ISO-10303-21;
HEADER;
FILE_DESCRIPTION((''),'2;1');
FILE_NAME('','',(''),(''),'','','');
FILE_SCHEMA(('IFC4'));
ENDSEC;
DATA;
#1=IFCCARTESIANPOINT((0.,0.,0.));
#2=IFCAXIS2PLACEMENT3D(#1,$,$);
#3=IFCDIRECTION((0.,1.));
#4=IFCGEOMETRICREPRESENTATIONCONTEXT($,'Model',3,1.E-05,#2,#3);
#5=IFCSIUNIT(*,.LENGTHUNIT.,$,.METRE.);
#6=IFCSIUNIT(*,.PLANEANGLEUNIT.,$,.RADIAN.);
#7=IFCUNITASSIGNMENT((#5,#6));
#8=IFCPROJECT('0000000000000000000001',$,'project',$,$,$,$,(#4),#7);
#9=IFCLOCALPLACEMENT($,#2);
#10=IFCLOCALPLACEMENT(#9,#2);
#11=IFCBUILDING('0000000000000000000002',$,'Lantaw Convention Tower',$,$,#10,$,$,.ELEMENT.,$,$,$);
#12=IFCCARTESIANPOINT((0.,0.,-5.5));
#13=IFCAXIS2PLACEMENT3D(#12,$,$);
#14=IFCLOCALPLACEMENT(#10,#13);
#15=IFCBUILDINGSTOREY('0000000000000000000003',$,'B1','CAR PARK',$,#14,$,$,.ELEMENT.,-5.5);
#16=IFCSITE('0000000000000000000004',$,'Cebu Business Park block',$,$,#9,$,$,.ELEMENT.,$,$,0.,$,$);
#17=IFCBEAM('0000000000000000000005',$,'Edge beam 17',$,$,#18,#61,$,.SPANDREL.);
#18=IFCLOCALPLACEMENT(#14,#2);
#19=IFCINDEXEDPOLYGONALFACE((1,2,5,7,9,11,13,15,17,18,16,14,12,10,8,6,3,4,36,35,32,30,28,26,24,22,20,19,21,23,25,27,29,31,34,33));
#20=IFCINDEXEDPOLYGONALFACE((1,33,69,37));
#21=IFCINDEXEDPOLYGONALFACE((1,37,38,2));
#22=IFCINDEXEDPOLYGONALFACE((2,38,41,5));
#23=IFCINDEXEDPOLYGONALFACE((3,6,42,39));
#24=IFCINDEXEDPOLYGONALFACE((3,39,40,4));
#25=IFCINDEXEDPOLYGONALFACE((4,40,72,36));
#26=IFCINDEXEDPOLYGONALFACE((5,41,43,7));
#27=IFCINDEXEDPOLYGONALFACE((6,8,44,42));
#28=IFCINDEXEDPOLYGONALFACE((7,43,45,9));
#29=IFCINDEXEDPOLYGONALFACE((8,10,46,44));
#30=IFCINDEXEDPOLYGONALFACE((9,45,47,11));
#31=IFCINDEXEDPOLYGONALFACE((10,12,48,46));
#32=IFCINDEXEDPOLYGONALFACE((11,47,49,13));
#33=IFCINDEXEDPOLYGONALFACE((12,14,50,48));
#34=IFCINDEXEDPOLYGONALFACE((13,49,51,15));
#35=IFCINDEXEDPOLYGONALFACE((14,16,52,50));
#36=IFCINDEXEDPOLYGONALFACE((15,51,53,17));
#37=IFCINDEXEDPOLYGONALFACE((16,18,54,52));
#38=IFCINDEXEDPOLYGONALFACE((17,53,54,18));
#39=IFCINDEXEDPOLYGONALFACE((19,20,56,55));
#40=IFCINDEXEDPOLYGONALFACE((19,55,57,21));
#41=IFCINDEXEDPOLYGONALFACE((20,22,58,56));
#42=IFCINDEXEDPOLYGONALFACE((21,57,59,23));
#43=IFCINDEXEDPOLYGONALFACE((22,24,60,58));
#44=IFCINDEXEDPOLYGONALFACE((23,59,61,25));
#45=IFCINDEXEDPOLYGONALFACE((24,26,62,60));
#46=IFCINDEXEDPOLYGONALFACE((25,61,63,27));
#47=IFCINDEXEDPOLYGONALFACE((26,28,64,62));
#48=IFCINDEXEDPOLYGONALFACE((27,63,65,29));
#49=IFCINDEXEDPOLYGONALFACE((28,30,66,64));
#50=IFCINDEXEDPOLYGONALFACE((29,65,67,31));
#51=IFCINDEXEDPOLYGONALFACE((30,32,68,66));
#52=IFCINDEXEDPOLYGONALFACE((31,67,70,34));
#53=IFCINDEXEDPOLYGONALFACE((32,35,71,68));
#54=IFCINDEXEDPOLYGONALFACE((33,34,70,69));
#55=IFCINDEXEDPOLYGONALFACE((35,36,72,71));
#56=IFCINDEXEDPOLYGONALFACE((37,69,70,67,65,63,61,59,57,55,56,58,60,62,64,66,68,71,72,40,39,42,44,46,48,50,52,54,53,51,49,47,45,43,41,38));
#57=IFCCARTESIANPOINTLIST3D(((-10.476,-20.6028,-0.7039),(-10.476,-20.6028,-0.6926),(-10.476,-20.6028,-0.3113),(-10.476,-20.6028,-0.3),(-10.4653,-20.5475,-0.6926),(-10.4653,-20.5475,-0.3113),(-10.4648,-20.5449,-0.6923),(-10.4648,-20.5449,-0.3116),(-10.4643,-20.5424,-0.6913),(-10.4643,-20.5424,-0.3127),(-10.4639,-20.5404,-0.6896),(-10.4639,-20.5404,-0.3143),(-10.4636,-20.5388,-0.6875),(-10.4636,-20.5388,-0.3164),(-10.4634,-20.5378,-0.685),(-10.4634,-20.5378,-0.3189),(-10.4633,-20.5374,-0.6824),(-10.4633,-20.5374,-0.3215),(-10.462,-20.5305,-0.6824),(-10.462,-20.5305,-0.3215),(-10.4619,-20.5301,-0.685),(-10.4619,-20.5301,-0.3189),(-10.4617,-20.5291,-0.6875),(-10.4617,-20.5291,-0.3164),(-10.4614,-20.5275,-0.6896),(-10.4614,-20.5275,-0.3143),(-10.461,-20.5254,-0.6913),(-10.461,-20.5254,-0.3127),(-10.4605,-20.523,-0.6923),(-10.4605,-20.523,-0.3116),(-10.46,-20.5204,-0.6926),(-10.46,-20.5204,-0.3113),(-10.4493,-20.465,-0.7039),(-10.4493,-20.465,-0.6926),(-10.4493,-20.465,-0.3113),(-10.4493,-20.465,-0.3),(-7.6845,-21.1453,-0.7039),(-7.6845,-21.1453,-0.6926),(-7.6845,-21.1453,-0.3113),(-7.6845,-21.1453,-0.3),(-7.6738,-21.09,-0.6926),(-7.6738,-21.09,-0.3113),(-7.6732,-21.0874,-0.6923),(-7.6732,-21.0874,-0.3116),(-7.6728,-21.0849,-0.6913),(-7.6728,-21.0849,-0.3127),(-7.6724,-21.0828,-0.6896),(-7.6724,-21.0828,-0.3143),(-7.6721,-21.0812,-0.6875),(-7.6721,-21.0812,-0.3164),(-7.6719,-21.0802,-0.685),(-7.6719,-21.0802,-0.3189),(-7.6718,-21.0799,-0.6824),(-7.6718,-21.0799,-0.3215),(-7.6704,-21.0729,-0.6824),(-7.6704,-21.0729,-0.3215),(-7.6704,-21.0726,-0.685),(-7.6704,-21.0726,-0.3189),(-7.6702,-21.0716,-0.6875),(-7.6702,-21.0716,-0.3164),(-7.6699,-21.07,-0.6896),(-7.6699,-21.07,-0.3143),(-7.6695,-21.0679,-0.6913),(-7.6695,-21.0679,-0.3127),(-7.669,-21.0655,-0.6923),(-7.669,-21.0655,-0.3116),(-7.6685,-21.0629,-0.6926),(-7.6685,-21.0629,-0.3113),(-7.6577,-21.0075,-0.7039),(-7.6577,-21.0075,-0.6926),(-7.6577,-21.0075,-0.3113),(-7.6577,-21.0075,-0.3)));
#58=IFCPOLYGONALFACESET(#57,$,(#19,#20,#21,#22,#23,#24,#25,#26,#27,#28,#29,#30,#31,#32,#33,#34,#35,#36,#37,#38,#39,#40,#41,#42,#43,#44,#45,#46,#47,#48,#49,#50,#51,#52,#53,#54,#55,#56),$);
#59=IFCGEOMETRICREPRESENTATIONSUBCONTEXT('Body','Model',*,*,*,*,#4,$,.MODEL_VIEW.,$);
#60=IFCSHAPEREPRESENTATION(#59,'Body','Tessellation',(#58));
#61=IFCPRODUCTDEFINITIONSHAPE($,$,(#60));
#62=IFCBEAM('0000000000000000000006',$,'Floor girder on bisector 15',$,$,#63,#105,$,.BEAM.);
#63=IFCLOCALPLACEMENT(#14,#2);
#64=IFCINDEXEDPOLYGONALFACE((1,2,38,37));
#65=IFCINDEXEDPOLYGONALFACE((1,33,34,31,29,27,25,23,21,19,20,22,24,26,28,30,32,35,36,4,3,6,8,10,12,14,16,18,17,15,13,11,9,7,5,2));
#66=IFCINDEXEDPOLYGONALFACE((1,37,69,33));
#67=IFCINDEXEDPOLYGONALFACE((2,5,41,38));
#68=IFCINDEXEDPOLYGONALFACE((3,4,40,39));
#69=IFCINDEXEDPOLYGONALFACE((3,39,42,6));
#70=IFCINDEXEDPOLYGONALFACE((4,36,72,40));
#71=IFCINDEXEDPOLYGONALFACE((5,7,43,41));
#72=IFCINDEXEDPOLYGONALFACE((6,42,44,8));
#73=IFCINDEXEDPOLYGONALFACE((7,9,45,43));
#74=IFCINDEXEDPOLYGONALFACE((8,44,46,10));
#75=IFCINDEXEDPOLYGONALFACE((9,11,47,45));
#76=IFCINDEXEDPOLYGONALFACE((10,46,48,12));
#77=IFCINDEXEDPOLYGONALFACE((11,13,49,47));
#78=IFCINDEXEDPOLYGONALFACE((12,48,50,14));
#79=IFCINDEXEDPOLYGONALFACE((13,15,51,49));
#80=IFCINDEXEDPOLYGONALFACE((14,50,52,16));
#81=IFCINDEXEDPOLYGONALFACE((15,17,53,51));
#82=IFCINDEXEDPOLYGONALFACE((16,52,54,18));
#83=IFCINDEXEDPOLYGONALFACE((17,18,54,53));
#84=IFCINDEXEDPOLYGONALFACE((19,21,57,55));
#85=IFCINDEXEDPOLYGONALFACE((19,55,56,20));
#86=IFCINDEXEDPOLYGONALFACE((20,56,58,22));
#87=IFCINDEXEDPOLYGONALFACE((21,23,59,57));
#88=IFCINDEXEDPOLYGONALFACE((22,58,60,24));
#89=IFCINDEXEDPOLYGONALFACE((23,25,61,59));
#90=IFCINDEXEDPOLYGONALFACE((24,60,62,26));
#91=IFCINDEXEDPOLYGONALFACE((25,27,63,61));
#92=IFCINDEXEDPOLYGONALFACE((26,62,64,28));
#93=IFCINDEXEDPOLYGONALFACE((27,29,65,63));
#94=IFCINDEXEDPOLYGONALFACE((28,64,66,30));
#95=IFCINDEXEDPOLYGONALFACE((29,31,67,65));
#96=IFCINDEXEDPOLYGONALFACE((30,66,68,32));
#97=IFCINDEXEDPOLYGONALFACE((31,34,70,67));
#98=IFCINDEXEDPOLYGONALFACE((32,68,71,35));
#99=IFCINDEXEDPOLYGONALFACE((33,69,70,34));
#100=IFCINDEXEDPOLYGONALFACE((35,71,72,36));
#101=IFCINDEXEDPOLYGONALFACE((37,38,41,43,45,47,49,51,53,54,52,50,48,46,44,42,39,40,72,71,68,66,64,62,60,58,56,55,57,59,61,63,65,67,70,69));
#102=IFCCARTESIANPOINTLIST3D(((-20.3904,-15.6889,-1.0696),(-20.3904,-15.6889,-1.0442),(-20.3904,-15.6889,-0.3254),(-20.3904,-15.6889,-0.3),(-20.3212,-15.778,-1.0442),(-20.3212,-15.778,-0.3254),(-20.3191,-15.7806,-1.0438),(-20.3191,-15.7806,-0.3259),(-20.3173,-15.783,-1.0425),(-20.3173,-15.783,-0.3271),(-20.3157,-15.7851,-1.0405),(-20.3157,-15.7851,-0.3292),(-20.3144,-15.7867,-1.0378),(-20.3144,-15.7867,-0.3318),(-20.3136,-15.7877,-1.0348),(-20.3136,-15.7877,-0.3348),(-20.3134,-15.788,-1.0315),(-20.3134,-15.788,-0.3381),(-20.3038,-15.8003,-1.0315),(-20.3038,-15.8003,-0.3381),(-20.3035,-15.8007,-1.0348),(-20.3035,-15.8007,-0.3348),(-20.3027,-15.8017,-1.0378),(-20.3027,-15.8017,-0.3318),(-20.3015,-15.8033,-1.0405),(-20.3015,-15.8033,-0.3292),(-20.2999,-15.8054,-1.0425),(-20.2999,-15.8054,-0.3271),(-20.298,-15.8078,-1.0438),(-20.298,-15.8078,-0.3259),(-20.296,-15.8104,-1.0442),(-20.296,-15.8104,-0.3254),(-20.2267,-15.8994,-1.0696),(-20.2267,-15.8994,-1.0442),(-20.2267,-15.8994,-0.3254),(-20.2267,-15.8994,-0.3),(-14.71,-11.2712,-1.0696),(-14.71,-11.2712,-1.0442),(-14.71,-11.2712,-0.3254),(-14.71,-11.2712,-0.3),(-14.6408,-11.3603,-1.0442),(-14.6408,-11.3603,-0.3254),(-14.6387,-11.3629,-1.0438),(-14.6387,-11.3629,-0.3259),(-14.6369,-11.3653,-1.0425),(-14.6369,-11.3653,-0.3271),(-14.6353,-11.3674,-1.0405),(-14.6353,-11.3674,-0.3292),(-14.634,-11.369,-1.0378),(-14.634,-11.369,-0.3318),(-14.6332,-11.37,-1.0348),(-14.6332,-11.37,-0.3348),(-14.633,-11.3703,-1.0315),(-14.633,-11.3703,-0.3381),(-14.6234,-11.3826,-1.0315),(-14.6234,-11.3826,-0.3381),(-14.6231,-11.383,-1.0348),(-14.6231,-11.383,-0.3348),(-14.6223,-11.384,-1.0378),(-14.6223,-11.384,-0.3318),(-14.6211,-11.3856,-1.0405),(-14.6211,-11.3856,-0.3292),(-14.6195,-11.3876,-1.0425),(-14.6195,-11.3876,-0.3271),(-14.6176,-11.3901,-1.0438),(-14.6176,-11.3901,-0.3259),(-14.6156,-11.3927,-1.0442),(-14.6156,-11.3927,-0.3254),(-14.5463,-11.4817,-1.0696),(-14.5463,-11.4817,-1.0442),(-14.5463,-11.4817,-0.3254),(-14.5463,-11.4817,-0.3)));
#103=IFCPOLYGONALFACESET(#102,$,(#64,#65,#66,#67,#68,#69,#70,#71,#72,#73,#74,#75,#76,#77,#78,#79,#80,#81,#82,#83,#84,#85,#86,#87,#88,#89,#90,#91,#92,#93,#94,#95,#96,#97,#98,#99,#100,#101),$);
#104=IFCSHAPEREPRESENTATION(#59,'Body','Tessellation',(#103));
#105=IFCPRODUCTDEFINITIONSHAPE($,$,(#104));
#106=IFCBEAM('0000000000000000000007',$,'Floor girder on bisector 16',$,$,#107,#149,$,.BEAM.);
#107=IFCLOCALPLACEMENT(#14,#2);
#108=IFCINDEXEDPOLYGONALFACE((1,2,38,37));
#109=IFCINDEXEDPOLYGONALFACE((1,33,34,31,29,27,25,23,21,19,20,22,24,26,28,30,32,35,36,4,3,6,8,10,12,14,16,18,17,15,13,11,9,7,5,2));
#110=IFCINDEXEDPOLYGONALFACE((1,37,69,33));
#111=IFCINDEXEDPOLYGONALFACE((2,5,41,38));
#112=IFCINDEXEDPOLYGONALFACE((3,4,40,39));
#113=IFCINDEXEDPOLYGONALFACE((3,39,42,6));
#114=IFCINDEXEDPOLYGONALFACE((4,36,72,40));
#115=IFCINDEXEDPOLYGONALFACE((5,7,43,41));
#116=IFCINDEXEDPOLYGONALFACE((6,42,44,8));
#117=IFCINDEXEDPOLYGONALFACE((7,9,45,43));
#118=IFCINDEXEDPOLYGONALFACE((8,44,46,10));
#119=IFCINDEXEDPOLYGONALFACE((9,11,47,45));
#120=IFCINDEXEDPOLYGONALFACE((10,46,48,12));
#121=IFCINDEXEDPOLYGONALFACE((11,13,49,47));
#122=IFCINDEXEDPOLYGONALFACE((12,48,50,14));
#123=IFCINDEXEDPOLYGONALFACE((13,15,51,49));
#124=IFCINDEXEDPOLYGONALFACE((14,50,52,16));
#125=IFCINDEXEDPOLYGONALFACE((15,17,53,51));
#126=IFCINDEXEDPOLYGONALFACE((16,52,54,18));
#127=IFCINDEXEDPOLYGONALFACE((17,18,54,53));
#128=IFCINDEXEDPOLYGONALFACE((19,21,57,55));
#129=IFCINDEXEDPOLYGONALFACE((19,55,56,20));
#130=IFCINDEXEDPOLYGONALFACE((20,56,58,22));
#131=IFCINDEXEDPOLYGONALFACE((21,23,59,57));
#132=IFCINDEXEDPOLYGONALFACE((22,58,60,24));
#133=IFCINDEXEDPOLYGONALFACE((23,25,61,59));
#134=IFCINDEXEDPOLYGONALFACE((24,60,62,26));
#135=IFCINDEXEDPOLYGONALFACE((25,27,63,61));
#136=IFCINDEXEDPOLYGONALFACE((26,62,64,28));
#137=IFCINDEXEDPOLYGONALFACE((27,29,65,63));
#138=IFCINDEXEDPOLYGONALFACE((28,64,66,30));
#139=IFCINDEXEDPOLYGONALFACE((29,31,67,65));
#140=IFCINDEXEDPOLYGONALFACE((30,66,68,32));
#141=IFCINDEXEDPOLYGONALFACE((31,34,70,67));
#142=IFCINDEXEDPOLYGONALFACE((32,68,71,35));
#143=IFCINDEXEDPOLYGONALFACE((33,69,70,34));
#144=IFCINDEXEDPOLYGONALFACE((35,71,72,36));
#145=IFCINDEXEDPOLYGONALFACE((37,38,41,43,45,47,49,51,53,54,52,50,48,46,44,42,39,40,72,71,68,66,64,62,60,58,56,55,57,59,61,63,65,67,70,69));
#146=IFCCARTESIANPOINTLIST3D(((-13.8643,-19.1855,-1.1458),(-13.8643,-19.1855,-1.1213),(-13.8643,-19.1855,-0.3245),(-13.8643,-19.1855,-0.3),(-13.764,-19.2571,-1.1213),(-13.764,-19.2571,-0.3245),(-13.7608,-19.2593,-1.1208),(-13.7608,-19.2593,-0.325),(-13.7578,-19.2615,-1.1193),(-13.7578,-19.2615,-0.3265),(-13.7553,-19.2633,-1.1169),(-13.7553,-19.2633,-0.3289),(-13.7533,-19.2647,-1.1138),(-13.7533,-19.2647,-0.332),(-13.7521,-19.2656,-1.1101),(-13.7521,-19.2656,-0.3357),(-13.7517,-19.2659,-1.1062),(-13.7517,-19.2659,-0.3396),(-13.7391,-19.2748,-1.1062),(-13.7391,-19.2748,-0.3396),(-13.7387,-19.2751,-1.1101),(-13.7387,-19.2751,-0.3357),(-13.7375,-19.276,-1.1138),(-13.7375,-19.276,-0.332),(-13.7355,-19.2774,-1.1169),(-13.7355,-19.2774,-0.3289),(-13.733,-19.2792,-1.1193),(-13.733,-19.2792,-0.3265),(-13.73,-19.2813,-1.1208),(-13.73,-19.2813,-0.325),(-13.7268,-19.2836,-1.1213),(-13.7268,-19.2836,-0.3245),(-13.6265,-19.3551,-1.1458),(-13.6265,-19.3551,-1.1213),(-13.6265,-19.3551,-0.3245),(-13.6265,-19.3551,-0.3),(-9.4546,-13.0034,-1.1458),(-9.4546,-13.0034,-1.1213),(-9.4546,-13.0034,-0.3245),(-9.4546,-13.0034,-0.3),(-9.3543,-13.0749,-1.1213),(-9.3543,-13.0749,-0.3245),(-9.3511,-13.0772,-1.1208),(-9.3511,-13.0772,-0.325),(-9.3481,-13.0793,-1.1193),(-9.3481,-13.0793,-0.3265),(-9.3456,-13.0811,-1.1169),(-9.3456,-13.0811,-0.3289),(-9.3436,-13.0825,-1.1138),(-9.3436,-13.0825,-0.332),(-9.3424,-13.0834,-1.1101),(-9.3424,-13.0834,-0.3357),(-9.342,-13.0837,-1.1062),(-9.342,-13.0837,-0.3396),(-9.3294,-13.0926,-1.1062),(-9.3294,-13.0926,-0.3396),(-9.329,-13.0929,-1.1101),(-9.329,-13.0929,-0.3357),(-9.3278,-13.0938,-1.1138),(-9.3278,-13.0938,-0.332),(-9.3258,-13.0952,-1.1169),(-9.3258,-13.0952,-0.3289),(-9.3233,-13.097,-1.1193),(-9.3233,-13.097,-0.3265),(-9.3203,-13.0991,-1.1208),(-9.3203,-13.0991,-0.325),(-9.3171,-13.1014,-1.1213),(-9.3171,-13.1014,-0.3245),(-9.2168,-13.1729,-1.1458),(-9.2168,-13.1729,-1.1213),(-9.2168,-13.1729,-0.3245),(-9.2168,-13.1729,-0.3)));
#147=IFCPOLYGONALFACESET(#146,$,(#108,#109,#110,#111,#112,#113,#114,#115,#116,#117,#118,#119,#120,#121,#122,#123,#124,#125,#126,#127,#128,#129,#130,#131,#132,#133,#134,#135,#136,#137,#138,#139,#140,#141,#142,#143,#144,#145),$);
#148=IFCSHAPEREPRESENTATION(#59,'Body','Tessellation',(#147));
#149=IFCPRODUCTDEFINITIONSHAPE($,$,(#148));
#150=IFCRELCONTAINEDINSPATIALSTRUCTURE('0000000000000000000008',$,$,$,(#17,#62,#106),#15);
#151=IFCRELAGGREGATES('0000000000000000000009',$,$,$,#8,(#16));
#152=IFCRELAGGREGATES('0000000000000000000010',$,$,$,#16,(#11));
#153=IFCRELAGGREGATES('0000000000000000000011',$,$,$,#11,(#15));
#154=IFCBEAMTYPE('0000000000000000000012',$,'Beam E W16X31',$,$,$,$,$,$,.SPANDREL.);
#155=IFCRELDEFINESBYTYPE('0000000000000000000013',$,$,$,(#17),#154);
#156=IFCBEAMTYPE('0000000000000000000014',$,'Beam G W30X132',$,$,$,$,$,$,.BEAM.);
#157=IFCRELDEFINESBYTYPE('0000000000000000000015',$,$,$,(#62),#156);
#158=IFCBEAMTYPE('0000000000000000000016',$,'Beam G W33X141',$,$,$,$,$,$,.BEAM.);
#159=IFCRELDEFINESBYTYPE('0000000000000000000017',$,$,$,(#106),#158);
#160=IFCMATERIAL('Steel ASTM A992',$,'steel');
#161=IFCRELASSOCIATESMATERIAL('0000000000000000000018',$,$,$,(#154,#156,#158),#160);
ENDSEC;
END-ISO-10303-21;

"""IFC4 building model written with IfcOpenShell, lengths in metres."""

from ifc_helpers import new_model, si_unit, direction, frame, origin, origin_2d, place, context, subcontext, project, spatial, i_section, extrude, material, material_profile, profile_set, type_object, element, save


model = new_model("IFC4")

# Units and contexts
model_context = context("Model", 3, precision=1e-05, world=origin(), true_north=direction((0.0, 1.0)))
body_context = subcontext(model_context, "Body", "Model", "MODEL_VIEW")
ifc_project = project(units=[si_unit("LENGTHUNIT", "METRE"), si_unit("PLANEANGLEUNIT", "RADIAN")], contexts=[model_context])

# Site, building, storey
site_placement = place(None, origin())
site = spatial("IfcSite", under=ifc_project, at=site_placement, Name="Cebu Business Park block", CompositionType="ELEMENT", RefElevation=0.0)
building_placement = place(site_placement, origin())
building = spatial("IfcBuilding", under=site, at=building_placement, Name="Lantaw Convention Tower", CompositionType="ELEMENT")
storey_placement = place(building_placement, frame((0.0, 0.0, -5.5)))
storey = spatial("IfcBuildingStorey", under=building, at=storey_placement, Name="B1", Description="CAR PARK", CompositionType="ELEMENT", Elevation=-5.5)

# Beams
ifc_material_1 = material(Name="Steel ASTM A992", Category="steel")
ifc_material_profile_1 = material_profile(ifc_material_1, i_section(OverallWidth=0.1404, OverallDepth=0.4038, WebThickness=0.0071, FlangeThickness=0.0112, FilletRadius=0.0103, at=origin_2d()), Name="W16X31")
ifc_profile_set_1 = profile_set([ifc_material_profile_1], Name="Steel ASTM A992")
beam_type_1 = type_object("IfcBeamType", Name="Beam E W16X31", PredefinedType="SPANDREL", material=ifc_profile_set_1)
beam_1_placement = place(storey_placement, frame((-10.4626, -20.5339, -0.502), z_axis=(0.981636, -0.190764, 0.0), x_axis=(0.190764, 0.981636, 0.0)))
element("IfcBeam", 1, at=beam_1_placement, inside=storey, type_object=beam_type_1, Name="Edge beam 17", PredefinedType="SPANDREL", context=body_context, shape_type="SweptSolid", body=[
    extrude(i_section(OverallWidth=0.1404, OverallDepth=0.4038, WebThickness=0.0071, FlangeThickness=0.0112, FilletRadius=0.0103, at=origin_2d()), origin(), (0.0, 0.0, 1.0), 2.8438),
])
ifc_material_profile_2 = material_profile(ifc_material_1, i_section(OverallWidth=0.2666, OverallDepth=0.7695, WebThickness=0.0156, FlangeThickness=0.0254, FilletRadius=0.0127, at=origin_2d()), Name="W30X132")
ifc_profile_set_2 = profile_set([ifc_material_profile_2], Name="Steel ASTM A992")
beam_type_2 = type_object("IfcBeamType", Name="Beam G W30X132", PredefinedType="BEAM", material=ifc_profile_set_2)
beam_2_placement = place(storey_placement, frame((-14.6282, -11.3765, -0.6848), z_axis=(-0.789378, -0.613908, 0.0), x_axis=(0.613908, -0.789378, 0.0)))
element("IfcBeam", 2, at=beam_2_placement, inside=storey, type_object=beam_type_2, Name="Floor girder on bisector 15", PredefinedType="BEAM", context=body_context, shape_type="SweptSolid", body=[
    extrude(i_section(OverallWidth=0.2666, OverallDepth=0.7695, WebThickness=0.0156, FlangeThickness=0.0254, FilletRadius=0.0127, at=origin_2d()), origin(), (0.0, 0.0, 1.0), 7.196),
])
ifc_material_profile_3 = material_profile(ifc_material_1, i_section(OverallWidth=0.292, OverallDepth=0.8457, WebThickness=0.0154, FlangeThickness=0.0244, FilletRadius=0.0151, at=origin_2d()), Name="W33X141")
ifc_profile_set_3 = profile_set([ifc_material_profile_3], Name="Steel ASTM A992")
beam_type_3 = type_object("IfcBeamType", Name="Beam G W33X141", PredefinedType="BEAM", material=ifc_profile_set_3)
beam_3_placement = place(storey_placement, frame((-9.3357, -13.0881, -0.7229), z_axis=(-0.580703, -0.814116, 0.0), x_axis=(0.814116, -0.580703, 0.0)))
element("IfcBeam", 3, at=beam_3_placement, inside=storey, type_object=beam_type_3, Name="Floor girder on bisector 16", PredefinedType="BEAM", context=body_context, shape_type="SweptSolid", body=[
    extrude(i_section(OverallWidth=0.292, OverallDepth=0.8457, WebThickness=0.0154, FlangeThickness=0.0244, FilletRadius=0.0151, at=origin_2d()), origin(), (0.0, 0.0, 1.0), 7.5938),
])

save(model, "model.ifc")
